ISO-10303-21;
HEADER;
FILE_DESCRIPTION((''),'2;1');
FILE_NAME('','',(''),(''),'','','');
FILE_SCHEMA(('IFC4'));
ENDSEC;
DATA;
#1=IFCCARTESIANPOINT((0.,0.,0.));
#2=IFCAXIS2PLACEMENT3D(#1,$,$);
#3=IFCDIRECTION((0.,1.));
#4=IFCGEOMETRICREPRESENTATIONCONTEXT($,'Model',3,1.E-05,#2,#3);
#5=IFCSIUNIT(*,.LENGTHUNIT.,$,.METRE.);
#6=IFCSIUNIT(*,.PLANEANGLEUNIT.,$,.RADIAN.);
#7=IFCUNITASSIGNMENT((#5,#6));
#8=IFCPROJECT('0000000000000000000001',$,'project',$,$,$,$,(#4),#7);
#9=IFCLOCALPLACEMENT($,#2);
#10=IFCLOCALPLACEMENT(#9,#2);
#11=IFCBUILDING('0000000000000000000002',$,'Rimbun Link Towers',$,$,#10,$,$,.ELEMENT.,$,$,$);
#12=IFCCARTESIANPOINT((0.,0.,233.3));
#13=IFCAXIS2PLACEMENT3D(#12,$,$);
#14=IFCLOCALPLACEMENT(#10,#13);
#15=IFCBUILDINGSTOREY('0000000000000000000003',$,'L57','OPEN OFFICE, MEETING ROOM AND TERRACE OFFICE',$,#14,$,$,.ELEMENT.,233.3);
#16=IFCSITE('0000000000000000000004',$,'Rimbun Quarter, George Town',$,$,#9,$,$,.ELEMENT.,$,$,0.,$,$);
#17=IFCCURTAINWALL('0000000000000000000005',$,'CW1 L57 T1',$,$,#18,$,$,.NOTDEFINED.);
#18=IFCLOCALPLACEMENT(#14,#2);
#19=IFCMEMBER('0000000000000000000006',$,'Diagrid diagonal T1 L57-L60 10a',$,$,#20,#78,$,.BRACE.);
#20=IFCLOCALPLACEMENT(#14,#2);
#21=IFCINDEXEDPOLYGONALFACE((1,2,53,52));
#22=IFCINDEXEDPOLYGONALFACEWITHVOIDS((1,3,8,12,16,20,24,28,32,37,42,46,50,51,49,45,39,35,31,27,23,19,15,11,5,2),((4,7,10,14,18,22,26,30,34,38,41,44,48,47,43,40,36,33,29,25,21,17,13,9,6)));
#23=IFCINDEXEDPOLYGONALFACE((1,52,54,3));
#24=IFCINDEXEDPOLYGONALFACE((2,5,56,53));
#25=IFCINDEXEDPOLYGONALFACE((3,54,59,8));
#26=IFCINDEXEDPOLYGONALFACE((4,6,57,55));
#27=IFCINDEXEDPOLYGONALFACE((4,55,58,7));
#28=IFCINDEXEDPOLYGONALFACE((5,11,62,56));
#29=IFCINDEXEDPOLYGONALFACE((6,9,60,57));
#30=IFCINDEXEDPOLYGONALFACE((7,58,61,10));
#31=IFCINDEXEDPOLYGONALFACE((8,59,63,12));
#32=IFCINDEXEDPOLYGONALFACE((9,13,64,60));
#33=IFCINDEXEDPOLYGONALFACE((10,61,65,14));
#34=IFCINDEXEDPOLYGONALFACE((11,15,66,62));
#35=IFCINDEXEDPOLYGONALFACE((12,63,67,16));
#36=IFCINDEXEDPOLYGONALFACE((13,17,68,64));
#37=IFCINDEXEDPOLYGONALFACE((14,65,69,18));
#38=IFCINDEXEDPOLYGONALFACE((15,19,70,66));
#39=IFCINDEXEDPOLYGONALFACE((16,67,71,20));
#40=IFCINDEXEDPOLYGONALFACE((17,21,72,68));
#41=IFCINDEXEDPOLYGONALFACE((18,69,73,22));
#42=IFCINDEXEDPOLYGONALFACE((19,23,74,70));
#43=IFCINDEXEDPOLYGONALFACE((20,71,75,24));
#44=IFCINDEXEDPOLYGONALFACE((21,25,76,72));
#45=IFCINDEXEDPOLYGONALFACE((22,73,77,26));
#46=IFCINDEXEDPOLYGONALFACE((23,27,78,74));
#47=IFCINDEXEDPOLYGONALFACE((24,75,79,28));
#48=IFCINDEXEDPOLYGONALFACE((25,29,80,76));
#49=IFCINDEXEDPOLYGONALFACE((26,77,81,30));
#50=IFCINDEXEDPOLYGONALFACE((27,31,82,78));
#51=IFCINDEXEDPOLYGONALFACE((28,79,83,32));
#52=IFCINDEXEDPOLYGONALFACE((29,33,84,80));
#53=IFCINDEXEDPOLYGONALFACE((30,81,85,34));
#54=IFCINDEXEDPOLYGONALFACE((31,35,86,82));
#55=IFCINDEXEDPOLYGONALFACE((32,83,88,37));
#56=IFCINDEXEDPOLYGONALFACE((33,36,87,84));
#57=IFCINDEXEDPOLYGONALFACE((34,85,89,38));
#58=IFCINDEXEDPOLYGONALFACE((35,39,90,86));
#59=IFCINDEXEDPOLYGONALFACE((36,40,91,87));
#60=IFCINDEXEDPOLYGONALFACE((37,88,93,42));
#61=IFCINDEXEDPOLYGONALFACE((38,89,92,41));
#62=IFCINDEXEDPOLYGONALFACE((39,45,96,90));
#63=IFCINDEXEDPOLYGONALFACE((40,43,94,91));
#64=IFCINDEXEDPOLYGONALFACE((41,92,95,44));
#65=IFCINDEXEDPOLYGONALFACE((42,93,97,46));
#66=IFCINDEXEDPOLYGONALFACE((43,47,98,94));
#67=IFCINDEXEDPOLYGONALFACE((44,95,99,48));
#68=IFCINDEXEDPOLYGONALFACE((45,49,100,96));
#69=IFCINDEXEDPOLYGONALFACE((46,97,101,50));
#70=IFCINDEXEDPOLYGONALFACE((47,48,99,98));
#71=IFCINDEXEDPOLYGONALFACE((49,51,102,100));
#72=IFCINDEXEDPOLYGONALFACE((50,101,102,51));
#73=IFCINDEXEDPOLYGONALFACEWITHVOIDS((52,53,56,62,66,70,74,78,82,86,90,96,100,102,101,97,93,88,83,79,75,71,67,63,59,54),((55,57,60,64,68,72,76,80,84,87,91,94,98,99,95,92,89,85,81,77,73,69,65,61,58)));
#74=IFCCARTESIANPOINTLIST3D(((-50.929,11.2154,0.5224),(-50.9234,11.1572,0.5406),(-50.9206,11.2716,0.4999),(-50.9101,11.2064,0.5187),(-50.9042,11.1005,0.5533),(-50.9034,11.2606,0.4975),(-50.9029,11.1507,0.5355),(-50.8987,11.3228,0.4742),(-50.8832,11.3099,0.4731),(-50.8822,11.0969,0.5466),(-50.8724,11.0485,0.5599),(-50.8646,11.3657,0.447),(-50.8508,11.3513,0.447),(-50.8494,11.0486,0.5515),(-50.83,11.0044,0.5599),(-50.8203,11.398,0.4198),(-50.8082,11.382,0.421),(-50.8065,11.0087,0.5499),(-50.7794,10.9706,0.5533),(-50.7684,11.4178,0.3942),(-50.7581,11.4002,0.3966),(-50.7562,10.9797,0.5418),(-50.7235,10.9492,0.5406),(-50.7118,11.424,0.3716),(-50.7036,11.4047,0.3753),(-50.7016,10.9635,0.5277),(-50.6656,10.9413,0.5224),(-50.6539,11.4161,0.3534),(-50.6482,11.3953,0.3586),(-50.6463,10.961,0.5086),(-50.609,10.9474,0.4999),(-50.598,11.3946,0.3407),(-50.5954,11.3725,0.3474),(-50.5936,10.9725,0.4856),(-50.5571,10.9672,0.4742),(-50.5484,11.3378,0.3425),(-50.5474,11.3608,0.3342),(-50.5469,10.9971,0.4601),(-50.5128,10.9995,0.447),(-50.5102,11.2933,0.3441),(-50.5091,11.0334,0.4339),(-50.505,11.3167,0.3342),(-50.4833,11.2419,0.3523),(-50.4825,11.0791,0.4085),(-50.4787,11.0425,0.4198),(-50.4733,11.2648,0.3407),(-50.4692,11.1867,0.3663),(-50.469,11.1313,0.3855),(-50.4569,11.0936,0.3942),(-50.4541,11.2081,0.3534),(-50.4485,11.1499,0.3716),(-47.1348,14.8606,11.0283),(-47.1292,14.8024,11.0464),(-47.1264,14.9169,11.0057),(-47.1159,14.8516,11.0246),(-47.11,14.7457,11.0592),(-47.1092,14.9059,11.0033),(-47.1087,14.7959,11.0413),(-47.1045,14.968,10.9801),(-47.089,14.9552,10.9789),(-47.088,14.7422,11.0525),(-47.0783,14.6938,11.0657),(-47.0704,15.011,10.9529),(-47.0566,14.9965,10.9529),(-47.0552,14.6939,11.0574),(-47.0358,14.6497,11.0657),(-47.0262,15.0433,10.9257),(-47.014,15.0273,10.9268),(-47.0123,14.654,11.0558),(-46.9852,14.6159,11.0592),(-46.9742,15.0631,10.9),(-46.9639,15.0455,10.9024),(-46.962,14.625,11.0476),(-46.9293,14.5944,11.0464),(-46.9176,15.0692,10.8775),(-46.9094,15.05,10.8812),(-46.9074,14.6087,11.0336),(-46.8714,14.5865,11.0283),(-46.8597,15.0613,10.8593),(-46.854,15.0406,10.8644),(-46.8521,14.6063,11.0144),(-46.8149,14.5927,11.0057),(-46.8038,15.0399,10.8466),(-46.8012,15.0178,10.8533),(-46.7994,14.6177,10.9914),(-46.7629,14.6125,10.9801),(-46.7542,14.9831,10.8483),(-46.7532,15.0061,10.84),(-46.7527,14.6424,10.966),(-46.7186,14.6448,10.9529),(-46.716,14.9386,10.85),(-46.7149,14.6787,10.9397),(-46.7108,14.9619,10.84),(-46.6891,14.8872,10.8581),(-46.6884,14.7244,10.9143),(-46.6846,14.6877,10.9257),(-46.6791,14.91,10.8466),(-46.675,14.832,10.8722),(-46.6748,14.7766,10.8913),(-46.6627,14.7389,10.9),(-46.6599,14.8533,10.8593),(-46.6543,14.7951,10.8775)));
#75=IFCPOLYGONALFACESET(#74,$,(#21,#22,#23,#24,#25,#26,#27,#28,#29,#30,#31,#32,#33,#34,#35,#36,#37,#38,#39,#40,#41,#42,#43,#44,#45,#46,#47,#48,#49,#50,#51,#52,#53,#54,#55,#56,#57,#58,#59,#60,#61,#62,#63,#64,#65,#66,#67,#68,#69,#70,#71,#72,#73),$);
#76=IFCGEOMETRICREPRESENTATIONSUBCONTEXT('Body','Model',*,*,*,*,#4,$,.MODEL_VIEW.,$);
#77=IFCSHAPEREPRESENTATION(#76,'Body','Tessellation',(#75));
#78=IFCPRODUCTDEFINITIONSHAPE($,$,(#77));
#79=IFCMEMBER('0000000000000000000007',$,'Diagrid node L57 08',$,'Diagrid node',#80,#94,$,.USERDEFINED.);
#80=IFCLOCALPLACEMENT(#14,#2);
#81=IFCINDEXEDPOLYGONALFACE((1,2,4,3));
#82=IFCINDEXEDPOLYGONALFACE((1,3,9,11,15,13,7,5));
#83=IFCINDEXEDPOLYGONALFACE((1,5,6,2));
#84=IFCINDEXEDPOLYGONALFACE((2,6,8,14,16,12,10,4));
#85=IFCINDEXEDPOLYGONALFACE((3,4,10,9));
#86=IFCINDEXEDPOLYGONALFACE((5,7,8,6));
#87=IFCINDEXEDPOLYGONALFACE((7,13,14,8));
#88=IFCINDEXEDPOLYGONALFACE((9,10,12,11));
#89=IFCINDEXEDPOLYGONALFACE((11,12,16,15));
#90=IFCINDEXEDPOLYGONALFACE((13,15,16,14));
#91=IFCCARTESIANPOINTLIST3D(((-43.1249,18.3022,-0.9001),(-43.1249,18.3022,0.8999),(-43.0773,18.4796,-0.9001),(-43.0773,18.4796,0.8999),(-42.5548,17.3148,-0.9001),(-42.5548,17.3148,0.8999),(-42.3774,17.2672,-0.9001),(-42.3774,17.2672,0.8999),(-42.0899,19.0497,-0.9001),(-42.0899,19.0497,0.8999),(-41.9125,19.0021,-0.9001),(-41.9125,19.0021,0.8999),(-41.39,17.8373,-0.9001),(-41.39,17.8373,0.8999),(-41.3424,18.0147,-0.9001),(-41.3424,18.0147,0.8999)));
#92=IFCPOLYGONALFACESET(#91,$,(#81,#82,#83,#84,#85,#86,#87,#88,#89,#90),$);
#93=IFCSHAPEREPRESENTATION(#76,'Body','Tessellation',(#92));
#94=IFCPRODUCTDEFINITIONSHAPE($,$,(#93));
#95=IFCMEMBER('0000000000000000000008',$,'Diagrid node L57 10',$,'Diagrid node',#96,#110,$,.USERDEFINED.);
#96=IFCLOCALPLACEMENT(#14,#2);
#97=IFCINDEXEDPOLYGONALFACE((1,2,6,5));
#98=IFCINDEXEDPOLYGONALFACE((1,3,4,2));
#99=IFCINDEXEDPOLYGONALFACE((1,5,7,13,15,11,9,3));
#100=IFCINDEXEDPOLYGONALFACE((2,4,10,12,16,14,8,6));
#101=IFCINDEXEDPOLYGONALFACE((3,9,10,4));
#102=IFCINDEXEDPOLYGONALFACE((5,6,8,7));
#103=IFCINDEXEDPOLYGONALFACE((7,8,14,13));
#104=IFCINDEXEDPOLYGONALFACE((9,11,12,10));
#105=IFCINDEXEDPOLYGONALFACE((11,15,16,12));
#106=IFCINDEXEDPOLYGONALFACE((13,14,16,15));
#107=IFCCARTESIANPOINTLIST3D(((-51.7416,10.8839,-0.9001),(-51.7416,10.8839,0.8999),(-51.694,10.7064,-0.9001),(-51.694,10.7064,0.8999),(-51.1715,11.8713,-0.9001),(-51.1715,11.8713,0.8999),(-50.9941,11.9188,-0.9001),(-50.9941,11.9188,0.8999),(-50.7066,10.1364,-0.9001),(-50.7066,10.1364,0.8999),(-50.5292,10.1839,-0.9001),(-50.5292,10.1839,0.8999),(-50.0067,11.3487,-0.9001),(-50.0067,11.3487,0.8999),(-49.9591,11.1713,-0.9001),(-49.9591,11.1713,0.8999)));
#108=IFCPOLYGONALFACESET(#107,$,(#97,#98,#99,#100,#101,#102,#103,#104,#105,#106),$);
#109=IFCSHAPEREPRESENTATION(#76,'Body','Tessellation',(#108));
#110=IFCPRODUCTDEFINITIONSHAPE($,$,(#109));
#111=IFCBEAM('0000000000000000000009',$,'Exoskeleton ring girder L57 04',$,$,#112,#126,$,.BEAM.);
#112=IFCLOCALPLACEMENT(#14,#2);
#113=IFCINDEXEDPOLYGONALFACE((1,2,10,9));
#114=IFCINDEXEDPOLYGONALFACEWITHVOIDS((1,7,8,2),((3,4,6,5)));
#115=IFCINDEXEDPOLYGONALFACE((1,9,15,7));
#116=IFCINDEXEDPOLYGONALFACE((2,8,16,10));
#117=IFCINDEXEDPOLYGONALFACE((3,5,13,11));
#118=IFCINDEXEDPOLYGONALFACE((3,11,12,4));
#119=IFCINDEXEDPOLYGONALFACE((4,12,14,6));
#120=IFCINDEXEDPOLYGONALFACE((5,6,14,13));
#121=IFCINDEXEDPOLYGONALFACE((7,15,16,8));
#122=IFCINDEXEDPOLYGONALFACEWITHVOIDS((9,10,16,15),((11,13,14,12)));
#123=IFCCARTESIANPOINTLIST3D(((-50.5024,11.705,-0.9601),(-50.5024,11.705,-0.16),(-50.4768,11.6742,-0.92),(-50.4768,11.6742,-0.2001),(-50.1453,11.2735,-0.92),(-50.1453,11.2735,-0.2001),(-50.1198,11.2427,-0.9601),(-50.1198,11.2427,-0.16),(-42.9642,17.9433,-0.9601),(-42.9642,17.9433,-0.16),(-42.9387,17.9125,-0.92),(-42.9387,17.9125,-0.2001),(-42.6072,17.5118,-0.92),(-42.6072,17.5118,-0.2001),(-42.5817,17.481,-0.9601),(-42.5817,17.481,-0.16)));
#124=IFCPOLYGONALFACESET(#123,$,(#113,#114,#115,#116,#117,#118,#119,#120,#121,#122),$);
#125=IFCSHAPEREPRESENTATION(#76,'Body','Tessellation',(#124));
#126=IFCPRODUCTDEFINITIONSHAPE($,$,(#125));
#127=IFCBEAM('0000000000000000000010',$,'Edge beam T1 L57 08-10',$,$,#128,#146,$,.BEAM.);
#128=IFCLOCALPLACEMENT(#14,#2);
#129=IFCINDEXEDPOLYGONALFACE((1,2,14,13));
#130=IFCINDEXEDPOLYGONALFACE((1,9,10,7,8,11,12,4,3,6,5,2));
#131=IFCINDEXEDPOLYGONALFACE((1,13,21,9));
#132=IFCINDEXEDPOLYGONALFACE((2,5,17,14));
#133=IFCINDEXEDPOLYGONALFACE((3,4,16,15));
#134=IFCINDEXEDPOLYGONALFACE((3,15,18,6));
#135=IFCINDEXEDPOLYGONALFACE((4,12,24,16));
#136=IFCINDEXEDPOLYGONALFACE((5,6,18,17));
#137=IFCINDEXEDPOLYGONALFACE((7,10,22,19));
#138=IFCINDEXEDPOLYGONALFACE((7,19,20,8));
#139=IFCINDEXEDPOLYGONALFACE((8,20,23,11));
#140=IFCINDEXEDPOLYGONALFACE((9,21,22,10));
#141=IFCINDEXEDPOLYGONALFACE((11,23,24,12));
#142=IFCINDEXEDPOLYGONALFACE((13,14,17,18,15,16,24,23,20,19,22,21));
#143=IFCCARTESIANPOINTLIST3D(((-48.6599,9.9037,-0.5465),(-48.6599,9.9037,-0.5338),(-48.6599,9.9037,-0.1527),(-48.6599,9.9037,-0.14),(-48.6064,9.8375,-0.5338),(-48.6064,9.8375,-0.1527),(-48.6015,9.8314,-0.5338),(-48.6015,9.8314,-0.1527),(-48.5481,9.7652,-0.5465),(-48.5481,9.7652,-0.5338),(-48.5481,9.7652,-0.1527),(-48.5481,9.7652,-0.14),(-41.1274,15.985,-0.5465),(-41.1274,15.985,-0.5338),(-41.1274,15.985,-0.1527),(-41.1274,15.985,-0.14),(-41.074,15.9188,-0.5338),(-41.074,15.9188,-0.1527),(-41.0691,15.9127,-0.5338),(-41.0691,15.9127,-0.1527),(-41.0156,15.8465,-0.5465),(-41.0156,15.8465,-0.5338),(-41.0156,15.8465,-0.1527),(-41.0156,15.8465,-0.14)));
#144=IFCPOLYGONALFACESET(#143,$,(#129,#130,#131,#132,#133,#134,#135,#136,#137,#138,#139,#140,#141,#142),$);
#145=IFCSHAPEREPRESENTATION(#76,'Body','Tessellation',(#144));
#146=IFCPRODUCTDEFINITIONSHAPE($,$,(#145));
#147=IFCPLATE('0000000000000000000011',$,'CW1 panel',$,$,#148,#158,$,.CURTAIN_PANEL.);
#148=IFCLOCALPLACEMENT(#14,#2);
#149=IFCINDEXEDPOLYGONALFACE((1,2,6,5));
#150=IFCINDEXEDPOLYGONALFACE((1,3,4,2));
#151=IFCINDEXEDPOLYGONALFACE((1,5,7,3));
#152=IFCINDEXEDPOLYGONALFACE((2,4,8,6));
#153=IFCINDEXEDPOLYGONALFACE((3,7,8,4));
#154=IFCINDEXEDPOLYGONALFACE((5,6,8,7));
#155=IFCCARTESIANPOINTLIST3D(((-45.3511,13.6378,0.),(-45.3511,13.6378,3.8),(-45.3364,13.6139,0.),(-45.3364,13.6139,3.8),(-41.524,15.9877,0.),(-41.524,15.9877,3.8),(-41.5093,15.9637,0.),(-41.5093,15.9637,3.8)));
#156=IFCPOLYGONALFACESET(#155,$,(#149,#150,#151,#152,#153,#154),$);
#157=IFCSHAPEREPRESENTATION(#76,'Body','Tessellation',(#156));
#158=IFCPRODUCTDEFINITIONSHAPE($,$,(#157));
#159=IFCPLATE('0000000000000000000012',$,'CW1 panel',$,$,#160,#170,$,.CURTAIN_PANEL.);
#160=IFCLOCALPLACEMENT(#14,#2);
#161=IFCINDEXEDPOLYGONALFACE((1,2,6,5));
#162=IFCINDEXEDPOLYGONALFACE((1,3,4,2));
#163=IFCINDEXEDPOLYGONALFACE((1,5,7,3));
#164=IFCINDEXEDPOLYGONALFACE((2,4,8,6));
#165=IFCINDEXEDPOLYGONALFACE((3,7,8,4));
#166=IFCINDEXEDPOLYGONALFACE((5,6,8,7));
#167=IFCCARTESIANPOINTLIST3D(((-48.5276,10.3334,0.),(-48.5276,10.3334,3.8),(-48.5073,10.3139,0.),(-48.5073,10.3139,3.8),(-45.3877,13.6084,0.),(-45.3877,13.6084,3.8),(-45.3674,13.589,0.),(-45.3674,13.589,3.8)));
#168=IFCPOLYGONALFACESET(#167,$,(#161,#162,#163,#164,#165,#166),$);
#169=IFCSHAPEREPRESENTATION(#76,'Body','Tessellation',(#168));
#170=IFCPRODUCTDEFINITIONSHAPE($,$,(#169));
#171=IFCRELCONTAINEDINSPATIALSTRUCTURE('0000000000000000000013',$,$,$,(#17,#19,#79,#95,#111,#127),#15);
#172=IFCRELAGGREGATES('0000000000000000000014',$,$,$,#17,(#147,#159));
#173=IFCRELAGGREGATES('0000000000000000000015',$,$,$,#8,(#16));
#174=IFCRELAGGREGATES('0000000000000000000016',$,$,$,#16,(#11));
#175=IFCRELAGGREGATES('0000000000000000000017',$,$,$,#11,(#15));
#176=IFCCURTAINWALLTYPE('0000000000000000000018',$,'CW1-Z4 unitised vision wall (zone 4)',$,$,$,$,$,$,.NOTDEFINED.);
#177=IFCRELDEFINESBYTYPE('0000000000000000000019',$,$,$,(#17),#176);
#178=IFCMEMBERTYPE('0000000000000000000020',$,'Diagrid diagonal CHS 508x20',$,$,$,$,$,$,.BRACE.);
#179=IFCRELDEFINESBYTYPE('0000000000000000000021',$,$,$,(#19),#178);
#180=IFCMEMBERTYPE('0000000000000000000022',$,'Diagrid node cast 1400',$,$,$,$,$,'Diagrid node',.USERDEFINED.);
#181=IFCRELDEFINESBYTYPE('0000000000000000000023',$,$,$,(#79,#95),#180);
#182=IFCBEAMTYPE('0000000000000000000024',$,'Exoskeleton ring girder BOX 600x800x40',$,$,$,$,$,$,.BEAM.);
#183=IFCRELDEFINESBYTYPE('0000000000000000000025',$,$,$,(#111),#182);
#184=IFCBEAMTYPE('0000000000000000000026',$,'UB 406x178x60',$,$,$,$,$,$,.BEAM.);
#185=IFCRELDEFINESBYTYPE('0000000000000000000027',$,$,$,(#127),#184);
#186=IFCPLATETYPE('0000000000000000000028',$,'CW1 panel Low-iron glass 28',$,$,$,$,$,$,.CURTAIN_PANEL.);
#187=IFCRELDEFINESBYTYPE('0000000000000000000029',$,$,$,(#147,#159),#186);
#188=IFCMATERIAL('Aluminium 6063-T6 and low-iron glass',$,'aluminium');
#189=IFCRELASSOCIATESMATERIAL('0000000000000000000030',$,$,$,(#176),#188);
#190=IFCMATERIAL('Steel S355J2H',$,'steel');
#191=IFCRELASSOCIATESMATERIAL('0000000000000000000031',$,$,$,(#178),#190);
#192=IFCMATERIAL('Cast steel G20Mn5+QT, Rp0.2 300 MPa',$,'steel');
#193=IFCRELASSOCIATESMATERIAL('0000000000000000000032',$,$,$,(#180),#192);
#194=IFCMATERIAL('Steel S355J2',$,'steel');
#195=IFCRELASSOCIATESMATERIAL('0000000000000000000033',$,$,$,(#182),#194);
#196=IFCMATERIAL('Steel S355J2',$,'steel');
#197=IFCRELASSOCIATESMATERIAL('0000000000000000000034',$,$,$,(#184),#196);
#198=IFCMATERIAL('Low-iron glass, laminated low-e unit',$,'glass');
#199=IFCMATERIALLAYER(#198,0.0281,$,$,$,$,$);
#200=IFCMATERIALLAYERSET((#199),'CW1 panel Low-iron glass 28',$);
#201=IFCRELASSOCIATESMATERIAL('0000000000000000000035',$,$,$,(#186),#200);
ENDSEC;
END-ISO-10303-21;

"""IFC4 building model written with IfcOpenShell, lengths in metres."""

from ifc_helpers import new_model, si_unit, direction, frame, origin, origin_2d, place, context, subcontext, project, spatial, polyline, rectangle, hollow_rectangle, hollow_circle, i_section, outline, extrude, material, layer, layer_set, material_profile, profile_set, type_object, element, aggregate, save


model = new_model("IFC4")

# Units and contexts
model_context = context("Model", 3, precision=1e-05, world=origin(), true_north=direction((0.0, 1.0)))
body_context = subcontext(model_context, "Body", "Model", "MODEL_VIEW")
ifc_project = project(units=[si_unit("LENGTHUNIT", "METRE"), si_unit("PLANEANGLEUNIT", "RADIAN")], contexts=[model_context])

# Site, building, storey
site_placement = place(None, origin())
site = spatial("IfcSite", under=ifc_project, at=site_placement, Name="Rimbun Quarter, George Town", CompositionType="ELEMENT", RefElevation=0.0)
building_placement = place(site_placement, origin())
building = spatial("IfcBuilding", under=site, at=building_placement, Name="Rimbun Link Towers", CompositionType="ELEMENT")
storey_placement = place(building_placement, frame((0.0, 0.0, 233.3)))
storey = spatial("IfcBuildingStorey", under=building, at=storey_placement, Name="L57", Description="OPEN OFFICE, MEETING ROOM AND TERRACE OFFICE", CompositionType="ELEMENT", Elevation=233.3)

# Curtain wall
ifc_material_1 = material(Name="Aluminium 6063-T6 and low-iron glass", Category="aluminium")
curtain_wall_type = type_object("IfcCurtainWallType", Name="CW1-Z4 unitised vision wall (zone 4)", PredefinedType="NOTDEFINED", material=ifc_material_1)
curtain_wall_placement = place(storey_placement, origin())
curtain_wall = element("IfcCurtainWall", 1, at=curtain_wall_placement, inside=storey, type_object=curtain_wall_type, Name="CW1 L57 T1", PredefinedType="NOTDEFINED")

# Members
ifc_material_2 = material(Name="Steel S355J2H", Category="steel")
ifc_material_profile_1 = material_profile(ifc_material_2, hollow_circle(Radius=0.2539, WallThickness=0.02, at=origin_2d()), Name="Diagrid diagonal CHS 508x20")
ifc_profile_set_1 = profile_set([ifc_material_profile_1], Name="Steel S355J2H")
member_type_1 = type_object("IfcMemberType", Name="Diagrid diagonal CHS 508x20", PredefinedType="BRACE", material=ifc_profile_set_1)
member_1_placement = place(storey_placement, frame((-50.6887, 11.1826, 0.447), z_axis=(0.322916, 0.310241, 0.894134), x_axis=(-0.692813, 0.721117, 0.0)))
element("IfcMember", 2, at=member_1_placement, inside=storey, type_object=member_type_1, Name="Diagrid diagonal T1 L57-L60 10a", PredefinedType="BRACE", context=body_context, shape_type="SweptSolid", body=[
    extrude(hollow_circle(Radius=0.2539, WallThickness=0.02, at=origin_2d()), origin(), (0.0, 0.0, 1.0), 11.7498),
])
ifc_material_3 = material(Name="Cast steel G20Mn5+QT, Rp0.2 300 MPa", Category="steel")
ifc_material_profile_2 = material_profile(ifc_material_3, outline(polyline([(0.7, -0.5701), (0.7, 0.5701), (0.5701, 0.7), (-0.5701, 0.7), (-0.7, 0.5701), (-0.7, -0.5701), (-0.5701, -0.7), (0.5701, -0.7), (0.7, -0.5701)])), Name="NODE 1400x1400")
ifc_profile_set_2 = profile_set([ifc_material_profile_2], Name="Cast steel G20Mn5+QT, Rp0.2 300 MPa")
member_type_2 = type_object("IfcMemberType", Name="Diagrid node cast 1400", ElementType="Diagrid node", PredefinedType="USERDEFINED", material=ifc_profile_set_2)
for number, where, z_axis, x_axis, name in (
    (3, (-42.2336, 18.1584, -0.9001), (0.0, 0.0, 1.0), (-0.5, 0.866025, 0.0), "Diagrid node L57 08"),
    (4, (-50.8503, 11.0276, -0.9001), (0.0, 0.0, 1.0), (-0.866025, 0.5, 0.0), "Diagrid node L57 10"),
):
    element("IfcMember", number, at=place(storey_placement, frame(where, z_axis=z_axis, x_axis=x_axis)), inside=storey, type_object=member_type_2, Name=name, ObjectType="Diagrid node", PredefinedType="USERDEFINED", context=body_context, shape_type="SweptSolid", body=[
        extrude(outline(polyline([(0.7, -0.5701), (0.7, 0.5701), (0.5701, 0.7), (-0.5701, 0.7), (-0.7, 0.5701), (-0.7, -0.5701), (-0.5701, -0.7), (0.5701, -0.7), (0.7, -0.5701)])), origin(), (0.0, 0.0, 1.0), 1.8),
    ])

# Beams
ifc_material_4 = material(Name="Steel S355J2", Category="steel")
ifc_material_profile_3 = material_profile(ifc_material_4, hollow_rectangle(XDim=0.6001, YDim=0.8, WallThickness=0.04, at=origin_2d()), Name="Exoskeleton ring girder BOX 600x800x40")
ifc_profile_set_3 = profile_set([ifc_material_profile_3], Name="Steel S355J2")
beam_type_1 = type_object("IfcBeamType", Name="Exoskeleton ring girder BOX 600x800x40", PredefinedType="BEAM", material=ifc_profile_set_3)
beam_1_placement = place(storey_placement, frame((-42.7729, 17.7122, -0.5601), z_axis=(-0.770401, -0.63756, 0.0), x_axis=(0.63756, -0.770401, 0.0)))
element("IfcBeam", 5, at=beam_1_placement, inside=storey, type_object=beam_type_1, Name="Exoskeleton ring girder L57 04", PredefinedType="BEAM", context=body_context, shape_type="SweptSolid", body=[
    extrude(hollow_rectangle(XDim=0.6001, YDim=0.8, WallThickness=0.04, at=origin_2d()), origin(), (0.0, 0.0, 1.0), 9.7847),
])
ifc_material_5 = material(Name="Steel S355J2", Category="steel")
ifc_material_profile_4 = material_profile(ifc_material_5, i_section(OverallWidth=0.178, OverallDepth=0.4065, WebThickness=0.0078, FlangeThickness=0.0127, at=origin_2d()), Name="UB 406x178x60")
ifc_profile_set_4 = profile_set([ifc_material_profile_4], Name="Steel S355J2")
beam_type_2 = type_object("IfcBeamType", Name="UB 406x178x60", PredefinedType="BEAM", material=ifc_profile_set_4)
beam_2_placement = place(storey_placement, frame((-41.0715, 15.9158, -0.3433), z_axis=(-0.778073, -0.628173, 0.0), x_axis=(0.628173, -0.778073, 0.0)))
element("IfcBeam", 6, at=beam_2_placement, inside=storey, type_object=beam_type_2, Name="Edge beam T1 L57 08-10", PredefinedType="BEAM", context=body_context, shape_type="SweptSolid", body=[
    extrude(i_section(OverallWidth=0.178, OverallDepth=0.4065, WebThickness=0.0078, FlangeThickness=0.0127, at=origin_2d()), origin(), (0.0, 0.0, 1.0), 9.6809),
])

# Plates
ifc_material_6 = material(Name="Low-iron glass, laminated low-e unit", Category="glass")
ifc_layer_1 = layer(ifc_material_6, 0.0281)
ifc_layer_set_1 = layer_set([ifc_layer_1], Name="CW1 panel Low-iron glass 28")
plate_type = type_object("IfcPlateType", Name="CW1 panel Low-iron glass 28", PredefinedType="CURTAIN_PANEL", material=ifc_layer_set_1)
plate_1_placement = place(storey_placement, frame((-43.4302, 14.8008, 0.0), z_axis=(0.0, 0.0, 1.0), x_axis=(0.852185, 0.52324, 0.0)))
plate_1 = element("IfcPlate", 7, at=plate_1_placement, type_object=plate_type, Name="CW1 panel", PredefinedType="CURTAIN_PANEL", context=body_context, shape_type="SweptSolid", body=[
    extrude(rectangle(XDim=4.491, YDim=0.0281, at=origin_2d()), origin(), (0.0, 0.0, 1.0), 3.8),
])
plate_2_placement = place(storey_placement, frame((-46.9475, 11.9612, 0.0), z_axis=(0.0, 0.0, 1.0), x_axis=(0.692058, 0.721842, 0.0)))
plate_2 = element("IfcPlate", 8, at=plate_2_placement, type_object=plate_type, Name="CW1 panel", PredefinedType="CURTAIN_PANEL", context=body_context, shape_type="SweptSolid", body=[
    extrude(rectangle(XDim=4.5371, YDim=0.0281, at=origin_2d()), origin(), (0.0, 0.0, 1.0), 3.8),
])
aggregate(curtain_wall, [plate_1, plate_2])

save(model, "model.ifc")
